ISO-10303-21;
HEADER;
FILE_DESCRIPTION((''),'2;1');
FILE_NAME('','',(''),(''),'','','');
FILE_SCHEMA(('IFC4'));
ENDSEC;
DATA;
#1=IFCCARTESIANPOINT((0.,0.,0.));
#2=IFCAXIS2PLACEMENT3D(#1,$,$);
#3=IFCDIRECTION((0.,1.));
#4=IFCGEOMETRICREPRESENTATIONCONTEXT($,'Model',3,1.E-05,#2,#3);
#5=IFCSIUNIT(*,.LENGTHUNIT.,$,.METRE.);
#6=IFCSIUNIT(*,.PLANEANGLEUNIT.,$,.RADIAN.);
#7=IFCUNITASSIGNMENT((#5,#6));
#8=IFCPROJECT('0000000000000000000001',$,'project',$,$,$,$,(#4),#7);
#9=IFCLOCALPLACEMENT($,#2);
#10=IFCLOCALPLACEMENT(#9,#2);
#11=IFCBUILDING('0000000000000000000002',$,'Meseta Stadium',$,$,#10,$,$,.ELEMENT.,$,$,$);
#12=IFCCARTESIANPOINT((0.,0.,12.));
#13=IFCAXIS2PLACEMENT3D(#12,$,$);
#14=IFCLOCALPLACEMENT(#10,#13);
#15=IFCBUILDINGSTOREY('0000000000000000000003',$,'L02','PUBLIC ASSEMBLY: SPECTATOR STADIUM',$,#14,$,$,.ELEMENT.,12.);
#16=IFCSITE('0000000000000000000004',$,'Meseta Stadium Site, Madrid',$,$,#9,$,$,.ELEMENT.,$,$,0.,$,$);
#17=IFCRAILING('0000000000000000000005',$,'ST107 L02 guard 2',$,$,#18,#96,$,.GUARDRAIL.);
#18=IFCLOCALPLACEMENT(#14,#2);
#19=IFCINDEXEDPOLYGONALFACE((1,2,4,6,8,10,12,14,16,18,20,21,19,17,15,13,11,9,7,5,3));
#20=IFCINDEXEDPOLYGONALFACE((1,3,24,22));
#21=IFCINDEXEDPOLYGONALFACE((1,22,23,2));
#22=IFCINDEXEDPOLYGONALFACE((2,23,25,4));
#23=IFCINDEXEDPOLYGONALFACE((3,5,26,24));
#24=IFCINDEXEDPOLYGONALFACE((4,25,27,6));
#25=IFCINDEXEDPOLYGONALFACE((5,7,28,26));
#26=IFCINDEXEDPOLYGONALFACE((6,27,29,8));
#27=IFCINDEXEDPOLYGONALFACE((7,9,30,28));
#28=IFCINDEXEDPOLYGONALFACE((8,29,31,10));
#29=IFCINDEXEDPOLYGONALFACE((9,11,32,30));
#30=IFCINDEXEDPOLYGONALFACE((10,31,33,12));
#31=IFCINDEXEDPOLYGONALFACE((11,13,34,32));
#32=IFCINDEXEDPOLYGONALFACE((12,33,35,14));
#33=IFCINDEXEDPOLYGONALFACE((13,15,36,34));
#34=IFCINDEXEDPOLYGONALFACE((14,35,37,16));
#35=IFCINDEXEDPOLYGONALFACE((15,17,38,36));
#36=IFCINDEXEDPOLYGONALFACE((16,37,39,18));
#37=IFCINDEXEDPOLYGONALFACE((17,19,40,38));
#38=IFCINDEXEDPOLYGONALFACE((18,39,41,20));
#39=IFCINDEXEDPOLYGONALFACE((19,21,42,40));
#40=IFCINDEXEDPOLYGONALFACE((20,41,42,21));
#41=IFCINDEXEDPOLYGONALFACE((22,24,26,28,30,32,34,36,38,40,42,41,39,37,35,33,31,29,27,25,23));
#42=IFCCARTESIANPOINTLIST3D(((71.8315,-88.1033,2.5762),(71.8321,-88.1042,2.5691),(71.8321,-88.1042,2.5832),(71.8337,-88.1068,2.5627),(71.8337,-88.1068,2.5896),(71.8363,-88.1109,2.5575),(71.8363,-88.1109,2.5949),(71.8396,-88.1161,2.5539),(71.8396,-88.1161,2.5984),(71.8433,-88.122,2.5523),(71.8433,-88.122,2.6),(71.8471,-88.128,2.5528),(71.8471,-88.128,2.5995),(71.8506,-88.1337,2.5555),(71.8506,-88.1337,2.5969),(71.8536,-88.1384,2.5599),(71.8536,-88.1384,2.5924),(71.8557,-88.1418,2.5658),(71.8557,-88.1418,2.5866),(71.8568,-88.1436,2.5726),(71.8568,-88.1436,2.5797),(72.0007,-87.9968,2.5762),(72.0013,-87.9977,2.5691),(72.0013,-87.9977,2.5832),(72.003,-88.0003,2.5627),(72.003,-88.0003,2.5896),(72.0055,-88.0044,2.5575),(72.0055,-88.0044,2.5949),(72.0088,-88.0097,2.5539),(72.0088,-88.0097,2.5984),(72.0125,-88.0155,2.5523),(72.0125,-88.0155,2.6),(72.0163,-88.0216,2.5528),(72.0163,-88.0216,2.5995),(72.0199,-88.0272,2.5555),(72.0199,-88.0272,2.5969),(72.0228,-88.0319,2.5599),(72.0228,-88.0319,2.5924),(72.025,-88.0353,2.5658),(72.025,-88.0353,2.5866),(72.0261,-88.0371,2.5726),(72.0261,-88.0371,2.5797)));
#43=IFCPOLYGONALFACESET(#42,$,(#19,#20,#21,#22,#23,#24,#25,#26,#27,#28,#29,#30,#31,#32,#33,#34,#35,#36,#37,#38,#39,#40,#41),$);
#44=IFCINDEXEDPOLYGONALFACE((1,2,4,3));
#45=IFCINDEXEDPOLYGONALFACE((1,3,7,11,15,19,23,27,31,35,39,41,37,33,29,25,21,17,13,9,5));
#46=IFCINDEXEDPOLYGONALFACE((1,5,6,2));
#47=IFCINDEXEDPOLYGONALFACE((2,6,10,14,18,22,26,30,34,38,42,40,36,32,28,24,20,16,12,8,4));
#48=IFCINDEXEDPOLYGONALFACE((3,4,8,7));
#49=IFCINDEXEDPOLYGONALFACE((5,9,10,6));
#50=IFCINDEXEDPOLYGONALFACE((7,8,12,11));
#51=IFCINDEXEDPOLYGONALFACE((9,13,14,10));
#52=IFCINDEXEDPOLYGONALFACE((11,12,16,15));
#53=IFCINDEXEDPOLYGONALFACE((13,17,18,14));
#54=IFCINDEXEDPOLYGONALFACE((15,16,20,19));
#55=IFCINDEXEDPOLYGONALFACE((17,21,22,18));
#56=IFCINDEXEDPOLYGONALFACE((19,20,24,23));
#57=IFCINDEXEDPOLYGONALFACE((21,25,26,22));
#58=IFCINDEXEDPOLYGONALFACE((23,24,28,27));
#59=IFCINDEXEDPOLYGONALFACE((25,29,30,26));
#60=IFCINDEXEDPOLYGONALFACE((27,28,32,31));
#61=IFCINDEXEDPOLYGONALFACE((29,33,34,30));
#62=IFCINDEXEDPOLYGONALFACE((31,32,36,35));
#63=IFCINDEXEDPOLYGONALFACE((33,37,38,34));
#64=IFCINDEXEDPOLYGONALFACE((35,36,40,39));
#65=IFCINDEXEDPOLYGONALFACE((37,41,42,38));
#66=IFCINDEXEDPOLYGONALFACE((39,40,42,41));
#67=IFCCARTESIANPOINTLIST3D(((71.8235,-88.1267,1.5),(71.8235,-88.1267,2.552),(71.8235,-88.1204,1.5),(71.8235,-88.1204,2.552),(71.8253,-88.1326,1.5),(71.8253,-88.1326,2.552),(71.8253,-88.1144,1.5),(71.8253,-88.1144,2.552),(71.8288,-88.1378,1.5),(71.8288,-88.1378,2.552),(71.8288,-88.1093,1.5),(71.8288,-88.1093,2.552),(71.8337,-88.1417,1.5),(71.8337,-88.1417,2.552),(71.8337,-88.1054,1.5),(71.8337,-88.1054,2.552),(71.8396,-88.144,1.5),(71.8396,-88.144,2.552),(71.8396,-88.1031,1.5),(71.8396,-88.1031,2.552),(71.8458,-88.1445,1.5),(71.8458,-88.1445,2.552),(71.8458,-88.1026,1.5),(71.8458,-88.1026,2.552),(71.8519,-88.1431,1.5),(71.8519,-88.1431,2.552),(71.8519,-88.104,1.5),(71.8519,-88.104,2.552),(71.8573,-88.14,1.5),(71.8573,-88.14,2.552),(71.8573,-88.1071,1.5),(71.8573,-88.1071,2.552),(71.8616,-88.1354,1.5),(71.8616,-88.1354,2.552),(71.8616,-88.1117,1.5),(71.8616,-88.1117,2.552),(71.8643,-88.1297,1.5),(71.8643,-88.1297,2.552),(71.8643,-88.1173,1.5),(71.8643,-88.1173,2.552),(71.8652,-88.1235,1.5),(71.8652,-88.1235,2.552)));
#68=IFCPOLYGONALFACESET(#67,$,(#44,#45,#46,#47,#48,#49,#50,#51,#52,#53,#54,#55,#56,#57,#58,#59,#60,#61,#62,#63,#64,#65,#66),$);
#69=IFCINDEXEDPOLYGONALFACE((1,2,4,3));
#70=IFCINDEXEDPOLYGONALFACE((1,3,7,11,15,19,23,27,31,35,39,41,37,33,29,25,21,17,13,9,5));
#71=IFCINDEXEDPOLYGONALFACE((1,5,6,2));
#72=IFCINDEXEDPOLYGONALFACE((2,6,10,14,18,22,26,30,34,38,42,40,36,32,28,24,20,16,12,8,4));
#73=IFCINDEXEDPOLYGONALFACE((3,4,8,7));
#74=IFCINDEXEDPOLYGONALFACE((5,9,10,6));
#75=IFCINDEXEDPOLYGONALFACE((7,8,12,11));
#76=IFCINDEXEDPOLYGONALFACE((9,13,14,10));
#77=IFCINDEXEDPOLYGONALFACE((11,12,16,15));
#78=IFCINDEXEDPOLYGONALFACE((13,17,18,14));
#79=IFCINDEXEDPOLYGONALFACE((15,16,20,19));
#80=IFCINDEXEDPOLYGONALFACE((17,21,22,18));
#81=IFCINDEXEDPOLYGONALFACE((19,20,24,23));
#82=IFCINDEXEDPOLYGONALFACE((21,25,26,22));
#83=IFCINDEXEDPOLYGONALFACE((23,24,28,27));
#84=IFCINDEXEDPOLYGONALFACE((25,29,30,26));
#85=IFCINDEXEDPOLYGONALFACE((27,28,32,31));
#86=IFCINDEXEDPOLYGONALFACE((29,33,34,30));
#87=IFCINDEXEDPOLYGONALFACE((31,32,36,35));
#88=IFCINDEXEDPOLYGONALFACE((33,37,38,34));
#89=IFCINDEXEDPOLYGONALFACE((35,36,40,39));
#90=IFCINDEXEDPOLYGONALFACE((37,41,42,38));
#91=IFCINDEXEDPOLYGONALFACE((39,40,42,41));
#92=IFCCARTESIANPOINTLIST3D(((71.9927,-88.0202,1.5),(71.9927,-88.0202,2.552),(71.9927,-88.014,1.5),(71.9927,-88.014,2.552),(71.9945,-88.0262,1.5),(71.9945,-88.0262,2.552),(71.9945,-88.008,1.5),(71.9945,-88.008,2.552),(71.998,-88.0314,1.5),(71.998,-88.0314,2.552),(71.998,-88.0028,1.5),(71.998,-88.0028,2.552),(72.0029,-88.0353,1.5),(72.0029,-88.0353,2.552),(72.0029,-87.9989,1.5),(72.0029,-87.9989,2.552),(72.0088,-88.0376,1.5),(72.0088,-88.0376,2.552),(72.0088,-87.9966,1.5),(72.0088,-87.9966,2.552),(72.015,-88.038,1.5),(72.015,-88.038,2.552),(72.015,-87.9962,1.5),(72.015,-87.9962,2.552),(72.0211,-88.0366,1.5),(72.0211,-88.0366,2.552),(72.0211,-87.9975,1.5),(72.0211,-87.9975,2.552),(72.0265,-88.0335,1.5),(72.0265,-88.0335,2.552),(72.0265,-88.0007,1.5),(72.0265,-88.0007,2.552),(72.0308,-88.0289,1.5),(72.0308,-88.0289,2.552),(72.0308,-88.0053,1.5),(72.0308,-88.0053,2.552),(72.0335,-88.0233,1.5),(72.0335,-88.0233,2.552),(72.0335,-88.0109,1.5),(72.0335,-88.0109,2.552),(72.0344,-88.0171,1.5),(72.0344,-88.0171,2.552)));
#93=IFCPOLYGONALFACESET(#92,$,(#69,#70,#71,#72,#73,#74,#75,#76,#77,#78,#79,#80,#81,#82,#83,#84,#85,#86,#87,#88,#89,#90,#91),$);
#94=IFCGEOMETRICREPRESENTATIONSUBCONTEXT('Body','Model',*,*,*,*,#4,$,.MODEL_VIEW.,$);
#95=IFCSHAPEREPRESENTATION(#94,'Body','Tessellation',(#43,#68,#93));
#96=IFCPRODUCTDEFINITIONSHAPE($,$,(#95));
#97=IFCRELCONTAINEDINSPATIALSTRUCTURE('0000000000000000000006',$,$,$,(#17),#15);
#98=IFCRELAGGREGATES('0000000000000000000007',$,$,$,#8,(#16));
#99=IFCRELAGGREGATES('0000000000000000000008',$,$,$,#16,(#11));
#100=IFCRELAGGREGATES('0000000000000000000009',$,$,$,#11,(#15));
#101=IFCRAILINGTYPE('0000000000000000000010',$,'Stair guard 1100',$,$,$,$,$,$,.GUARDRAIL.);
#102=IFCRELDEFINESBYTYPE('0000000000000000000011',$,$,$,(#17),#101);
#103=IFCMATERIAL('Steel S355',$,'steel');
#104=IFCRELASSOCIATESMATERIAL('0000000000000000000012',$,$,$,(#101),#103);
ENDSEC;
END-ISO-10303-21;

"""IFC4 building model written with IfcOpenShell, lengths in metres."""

from ifc_helpers import new_model, si_unit, direction, frame, origin, origin_2d, place, context, subcontext, project, spatial, circle, extrude, material, type_object, element, save


model = new_model("IFC4")

# Units and contexts
model_context = context("Model", 3, precision=1e-05, world=origin(), true_north=direction((0.0, 1.0)))
body_context = subcontext(model_context, "Body", "Model", "MODEL_VIEW")
ifc_project = project(units=[si_unit("LENGTHUNIT", "METRE"), si_unit("PLANEANGLEUNIT", "RADIAN")], contexts=[model_context])

# Site, building, storey
site_placement = place(None, origin())
site = spatial("IfcSite", under=ifc_project, at=site_placement, Name="Meseta Stadium Site, Madrid", CompositionType="ELEMENT", RefElevation=0.0)
building_placement = place(site_placement, origin())
building = spatial("IfcBuilding", under=site, at=building_placement, Name="Meseta Stadium", CompositionType="ELEMENT")
storey_placement = place(building_placement, frame((0.0, 0.0, 12.0)))
storey = spatial("IfcBuildingStorey", under=building, at=storey_placement, Name="L02", Description="PUBLIC ASSEMBLY: SPECTATOR STADIUM", CompositionType="ELEMENT", Elevation=12.0)

# Railing
ifc_material_1 = material(Name="Steel S355", Category="steel")
railing_type_1 = type_object("IfcRailingType", Name="Stair guard 1100", PredefinedType="GUARDRAIL", material=ifc_material_1)
railing_1_placement = place(storey_placement, frame((71.8442, -88.1235, 1.5)))
element("IfcRailing", 1, at=railing_1_placement, inside=storey, type_object=railing_type_1, Name="ST107 L02 guard 2", PredefinedType="GUARDRAIL", context=body_context, shape_type="SweptSolid", body=[
    extrude(circle(Radius=0.0239, at=origin_2d()), frame((0.0, 0.0, 1.0762), z_axis=(0.846416, 0.532522, 0.0), x_axis=(-0.532522, 0.846416, 0.0)), (0.0, 0.0, 1.0), 0.2),
    extrude(circle(Radius=0.021, at=origin_2d()), origin(), (0.0, 0.0, 1.0), 1.052),
    extrude(circle(Radius=0.021, at=origin_2d()), frame((0.1692, 0.1064, 0.0)), (0.0, 0.0, 1.0), 1.052),
])

save(model, "model.ifc")
